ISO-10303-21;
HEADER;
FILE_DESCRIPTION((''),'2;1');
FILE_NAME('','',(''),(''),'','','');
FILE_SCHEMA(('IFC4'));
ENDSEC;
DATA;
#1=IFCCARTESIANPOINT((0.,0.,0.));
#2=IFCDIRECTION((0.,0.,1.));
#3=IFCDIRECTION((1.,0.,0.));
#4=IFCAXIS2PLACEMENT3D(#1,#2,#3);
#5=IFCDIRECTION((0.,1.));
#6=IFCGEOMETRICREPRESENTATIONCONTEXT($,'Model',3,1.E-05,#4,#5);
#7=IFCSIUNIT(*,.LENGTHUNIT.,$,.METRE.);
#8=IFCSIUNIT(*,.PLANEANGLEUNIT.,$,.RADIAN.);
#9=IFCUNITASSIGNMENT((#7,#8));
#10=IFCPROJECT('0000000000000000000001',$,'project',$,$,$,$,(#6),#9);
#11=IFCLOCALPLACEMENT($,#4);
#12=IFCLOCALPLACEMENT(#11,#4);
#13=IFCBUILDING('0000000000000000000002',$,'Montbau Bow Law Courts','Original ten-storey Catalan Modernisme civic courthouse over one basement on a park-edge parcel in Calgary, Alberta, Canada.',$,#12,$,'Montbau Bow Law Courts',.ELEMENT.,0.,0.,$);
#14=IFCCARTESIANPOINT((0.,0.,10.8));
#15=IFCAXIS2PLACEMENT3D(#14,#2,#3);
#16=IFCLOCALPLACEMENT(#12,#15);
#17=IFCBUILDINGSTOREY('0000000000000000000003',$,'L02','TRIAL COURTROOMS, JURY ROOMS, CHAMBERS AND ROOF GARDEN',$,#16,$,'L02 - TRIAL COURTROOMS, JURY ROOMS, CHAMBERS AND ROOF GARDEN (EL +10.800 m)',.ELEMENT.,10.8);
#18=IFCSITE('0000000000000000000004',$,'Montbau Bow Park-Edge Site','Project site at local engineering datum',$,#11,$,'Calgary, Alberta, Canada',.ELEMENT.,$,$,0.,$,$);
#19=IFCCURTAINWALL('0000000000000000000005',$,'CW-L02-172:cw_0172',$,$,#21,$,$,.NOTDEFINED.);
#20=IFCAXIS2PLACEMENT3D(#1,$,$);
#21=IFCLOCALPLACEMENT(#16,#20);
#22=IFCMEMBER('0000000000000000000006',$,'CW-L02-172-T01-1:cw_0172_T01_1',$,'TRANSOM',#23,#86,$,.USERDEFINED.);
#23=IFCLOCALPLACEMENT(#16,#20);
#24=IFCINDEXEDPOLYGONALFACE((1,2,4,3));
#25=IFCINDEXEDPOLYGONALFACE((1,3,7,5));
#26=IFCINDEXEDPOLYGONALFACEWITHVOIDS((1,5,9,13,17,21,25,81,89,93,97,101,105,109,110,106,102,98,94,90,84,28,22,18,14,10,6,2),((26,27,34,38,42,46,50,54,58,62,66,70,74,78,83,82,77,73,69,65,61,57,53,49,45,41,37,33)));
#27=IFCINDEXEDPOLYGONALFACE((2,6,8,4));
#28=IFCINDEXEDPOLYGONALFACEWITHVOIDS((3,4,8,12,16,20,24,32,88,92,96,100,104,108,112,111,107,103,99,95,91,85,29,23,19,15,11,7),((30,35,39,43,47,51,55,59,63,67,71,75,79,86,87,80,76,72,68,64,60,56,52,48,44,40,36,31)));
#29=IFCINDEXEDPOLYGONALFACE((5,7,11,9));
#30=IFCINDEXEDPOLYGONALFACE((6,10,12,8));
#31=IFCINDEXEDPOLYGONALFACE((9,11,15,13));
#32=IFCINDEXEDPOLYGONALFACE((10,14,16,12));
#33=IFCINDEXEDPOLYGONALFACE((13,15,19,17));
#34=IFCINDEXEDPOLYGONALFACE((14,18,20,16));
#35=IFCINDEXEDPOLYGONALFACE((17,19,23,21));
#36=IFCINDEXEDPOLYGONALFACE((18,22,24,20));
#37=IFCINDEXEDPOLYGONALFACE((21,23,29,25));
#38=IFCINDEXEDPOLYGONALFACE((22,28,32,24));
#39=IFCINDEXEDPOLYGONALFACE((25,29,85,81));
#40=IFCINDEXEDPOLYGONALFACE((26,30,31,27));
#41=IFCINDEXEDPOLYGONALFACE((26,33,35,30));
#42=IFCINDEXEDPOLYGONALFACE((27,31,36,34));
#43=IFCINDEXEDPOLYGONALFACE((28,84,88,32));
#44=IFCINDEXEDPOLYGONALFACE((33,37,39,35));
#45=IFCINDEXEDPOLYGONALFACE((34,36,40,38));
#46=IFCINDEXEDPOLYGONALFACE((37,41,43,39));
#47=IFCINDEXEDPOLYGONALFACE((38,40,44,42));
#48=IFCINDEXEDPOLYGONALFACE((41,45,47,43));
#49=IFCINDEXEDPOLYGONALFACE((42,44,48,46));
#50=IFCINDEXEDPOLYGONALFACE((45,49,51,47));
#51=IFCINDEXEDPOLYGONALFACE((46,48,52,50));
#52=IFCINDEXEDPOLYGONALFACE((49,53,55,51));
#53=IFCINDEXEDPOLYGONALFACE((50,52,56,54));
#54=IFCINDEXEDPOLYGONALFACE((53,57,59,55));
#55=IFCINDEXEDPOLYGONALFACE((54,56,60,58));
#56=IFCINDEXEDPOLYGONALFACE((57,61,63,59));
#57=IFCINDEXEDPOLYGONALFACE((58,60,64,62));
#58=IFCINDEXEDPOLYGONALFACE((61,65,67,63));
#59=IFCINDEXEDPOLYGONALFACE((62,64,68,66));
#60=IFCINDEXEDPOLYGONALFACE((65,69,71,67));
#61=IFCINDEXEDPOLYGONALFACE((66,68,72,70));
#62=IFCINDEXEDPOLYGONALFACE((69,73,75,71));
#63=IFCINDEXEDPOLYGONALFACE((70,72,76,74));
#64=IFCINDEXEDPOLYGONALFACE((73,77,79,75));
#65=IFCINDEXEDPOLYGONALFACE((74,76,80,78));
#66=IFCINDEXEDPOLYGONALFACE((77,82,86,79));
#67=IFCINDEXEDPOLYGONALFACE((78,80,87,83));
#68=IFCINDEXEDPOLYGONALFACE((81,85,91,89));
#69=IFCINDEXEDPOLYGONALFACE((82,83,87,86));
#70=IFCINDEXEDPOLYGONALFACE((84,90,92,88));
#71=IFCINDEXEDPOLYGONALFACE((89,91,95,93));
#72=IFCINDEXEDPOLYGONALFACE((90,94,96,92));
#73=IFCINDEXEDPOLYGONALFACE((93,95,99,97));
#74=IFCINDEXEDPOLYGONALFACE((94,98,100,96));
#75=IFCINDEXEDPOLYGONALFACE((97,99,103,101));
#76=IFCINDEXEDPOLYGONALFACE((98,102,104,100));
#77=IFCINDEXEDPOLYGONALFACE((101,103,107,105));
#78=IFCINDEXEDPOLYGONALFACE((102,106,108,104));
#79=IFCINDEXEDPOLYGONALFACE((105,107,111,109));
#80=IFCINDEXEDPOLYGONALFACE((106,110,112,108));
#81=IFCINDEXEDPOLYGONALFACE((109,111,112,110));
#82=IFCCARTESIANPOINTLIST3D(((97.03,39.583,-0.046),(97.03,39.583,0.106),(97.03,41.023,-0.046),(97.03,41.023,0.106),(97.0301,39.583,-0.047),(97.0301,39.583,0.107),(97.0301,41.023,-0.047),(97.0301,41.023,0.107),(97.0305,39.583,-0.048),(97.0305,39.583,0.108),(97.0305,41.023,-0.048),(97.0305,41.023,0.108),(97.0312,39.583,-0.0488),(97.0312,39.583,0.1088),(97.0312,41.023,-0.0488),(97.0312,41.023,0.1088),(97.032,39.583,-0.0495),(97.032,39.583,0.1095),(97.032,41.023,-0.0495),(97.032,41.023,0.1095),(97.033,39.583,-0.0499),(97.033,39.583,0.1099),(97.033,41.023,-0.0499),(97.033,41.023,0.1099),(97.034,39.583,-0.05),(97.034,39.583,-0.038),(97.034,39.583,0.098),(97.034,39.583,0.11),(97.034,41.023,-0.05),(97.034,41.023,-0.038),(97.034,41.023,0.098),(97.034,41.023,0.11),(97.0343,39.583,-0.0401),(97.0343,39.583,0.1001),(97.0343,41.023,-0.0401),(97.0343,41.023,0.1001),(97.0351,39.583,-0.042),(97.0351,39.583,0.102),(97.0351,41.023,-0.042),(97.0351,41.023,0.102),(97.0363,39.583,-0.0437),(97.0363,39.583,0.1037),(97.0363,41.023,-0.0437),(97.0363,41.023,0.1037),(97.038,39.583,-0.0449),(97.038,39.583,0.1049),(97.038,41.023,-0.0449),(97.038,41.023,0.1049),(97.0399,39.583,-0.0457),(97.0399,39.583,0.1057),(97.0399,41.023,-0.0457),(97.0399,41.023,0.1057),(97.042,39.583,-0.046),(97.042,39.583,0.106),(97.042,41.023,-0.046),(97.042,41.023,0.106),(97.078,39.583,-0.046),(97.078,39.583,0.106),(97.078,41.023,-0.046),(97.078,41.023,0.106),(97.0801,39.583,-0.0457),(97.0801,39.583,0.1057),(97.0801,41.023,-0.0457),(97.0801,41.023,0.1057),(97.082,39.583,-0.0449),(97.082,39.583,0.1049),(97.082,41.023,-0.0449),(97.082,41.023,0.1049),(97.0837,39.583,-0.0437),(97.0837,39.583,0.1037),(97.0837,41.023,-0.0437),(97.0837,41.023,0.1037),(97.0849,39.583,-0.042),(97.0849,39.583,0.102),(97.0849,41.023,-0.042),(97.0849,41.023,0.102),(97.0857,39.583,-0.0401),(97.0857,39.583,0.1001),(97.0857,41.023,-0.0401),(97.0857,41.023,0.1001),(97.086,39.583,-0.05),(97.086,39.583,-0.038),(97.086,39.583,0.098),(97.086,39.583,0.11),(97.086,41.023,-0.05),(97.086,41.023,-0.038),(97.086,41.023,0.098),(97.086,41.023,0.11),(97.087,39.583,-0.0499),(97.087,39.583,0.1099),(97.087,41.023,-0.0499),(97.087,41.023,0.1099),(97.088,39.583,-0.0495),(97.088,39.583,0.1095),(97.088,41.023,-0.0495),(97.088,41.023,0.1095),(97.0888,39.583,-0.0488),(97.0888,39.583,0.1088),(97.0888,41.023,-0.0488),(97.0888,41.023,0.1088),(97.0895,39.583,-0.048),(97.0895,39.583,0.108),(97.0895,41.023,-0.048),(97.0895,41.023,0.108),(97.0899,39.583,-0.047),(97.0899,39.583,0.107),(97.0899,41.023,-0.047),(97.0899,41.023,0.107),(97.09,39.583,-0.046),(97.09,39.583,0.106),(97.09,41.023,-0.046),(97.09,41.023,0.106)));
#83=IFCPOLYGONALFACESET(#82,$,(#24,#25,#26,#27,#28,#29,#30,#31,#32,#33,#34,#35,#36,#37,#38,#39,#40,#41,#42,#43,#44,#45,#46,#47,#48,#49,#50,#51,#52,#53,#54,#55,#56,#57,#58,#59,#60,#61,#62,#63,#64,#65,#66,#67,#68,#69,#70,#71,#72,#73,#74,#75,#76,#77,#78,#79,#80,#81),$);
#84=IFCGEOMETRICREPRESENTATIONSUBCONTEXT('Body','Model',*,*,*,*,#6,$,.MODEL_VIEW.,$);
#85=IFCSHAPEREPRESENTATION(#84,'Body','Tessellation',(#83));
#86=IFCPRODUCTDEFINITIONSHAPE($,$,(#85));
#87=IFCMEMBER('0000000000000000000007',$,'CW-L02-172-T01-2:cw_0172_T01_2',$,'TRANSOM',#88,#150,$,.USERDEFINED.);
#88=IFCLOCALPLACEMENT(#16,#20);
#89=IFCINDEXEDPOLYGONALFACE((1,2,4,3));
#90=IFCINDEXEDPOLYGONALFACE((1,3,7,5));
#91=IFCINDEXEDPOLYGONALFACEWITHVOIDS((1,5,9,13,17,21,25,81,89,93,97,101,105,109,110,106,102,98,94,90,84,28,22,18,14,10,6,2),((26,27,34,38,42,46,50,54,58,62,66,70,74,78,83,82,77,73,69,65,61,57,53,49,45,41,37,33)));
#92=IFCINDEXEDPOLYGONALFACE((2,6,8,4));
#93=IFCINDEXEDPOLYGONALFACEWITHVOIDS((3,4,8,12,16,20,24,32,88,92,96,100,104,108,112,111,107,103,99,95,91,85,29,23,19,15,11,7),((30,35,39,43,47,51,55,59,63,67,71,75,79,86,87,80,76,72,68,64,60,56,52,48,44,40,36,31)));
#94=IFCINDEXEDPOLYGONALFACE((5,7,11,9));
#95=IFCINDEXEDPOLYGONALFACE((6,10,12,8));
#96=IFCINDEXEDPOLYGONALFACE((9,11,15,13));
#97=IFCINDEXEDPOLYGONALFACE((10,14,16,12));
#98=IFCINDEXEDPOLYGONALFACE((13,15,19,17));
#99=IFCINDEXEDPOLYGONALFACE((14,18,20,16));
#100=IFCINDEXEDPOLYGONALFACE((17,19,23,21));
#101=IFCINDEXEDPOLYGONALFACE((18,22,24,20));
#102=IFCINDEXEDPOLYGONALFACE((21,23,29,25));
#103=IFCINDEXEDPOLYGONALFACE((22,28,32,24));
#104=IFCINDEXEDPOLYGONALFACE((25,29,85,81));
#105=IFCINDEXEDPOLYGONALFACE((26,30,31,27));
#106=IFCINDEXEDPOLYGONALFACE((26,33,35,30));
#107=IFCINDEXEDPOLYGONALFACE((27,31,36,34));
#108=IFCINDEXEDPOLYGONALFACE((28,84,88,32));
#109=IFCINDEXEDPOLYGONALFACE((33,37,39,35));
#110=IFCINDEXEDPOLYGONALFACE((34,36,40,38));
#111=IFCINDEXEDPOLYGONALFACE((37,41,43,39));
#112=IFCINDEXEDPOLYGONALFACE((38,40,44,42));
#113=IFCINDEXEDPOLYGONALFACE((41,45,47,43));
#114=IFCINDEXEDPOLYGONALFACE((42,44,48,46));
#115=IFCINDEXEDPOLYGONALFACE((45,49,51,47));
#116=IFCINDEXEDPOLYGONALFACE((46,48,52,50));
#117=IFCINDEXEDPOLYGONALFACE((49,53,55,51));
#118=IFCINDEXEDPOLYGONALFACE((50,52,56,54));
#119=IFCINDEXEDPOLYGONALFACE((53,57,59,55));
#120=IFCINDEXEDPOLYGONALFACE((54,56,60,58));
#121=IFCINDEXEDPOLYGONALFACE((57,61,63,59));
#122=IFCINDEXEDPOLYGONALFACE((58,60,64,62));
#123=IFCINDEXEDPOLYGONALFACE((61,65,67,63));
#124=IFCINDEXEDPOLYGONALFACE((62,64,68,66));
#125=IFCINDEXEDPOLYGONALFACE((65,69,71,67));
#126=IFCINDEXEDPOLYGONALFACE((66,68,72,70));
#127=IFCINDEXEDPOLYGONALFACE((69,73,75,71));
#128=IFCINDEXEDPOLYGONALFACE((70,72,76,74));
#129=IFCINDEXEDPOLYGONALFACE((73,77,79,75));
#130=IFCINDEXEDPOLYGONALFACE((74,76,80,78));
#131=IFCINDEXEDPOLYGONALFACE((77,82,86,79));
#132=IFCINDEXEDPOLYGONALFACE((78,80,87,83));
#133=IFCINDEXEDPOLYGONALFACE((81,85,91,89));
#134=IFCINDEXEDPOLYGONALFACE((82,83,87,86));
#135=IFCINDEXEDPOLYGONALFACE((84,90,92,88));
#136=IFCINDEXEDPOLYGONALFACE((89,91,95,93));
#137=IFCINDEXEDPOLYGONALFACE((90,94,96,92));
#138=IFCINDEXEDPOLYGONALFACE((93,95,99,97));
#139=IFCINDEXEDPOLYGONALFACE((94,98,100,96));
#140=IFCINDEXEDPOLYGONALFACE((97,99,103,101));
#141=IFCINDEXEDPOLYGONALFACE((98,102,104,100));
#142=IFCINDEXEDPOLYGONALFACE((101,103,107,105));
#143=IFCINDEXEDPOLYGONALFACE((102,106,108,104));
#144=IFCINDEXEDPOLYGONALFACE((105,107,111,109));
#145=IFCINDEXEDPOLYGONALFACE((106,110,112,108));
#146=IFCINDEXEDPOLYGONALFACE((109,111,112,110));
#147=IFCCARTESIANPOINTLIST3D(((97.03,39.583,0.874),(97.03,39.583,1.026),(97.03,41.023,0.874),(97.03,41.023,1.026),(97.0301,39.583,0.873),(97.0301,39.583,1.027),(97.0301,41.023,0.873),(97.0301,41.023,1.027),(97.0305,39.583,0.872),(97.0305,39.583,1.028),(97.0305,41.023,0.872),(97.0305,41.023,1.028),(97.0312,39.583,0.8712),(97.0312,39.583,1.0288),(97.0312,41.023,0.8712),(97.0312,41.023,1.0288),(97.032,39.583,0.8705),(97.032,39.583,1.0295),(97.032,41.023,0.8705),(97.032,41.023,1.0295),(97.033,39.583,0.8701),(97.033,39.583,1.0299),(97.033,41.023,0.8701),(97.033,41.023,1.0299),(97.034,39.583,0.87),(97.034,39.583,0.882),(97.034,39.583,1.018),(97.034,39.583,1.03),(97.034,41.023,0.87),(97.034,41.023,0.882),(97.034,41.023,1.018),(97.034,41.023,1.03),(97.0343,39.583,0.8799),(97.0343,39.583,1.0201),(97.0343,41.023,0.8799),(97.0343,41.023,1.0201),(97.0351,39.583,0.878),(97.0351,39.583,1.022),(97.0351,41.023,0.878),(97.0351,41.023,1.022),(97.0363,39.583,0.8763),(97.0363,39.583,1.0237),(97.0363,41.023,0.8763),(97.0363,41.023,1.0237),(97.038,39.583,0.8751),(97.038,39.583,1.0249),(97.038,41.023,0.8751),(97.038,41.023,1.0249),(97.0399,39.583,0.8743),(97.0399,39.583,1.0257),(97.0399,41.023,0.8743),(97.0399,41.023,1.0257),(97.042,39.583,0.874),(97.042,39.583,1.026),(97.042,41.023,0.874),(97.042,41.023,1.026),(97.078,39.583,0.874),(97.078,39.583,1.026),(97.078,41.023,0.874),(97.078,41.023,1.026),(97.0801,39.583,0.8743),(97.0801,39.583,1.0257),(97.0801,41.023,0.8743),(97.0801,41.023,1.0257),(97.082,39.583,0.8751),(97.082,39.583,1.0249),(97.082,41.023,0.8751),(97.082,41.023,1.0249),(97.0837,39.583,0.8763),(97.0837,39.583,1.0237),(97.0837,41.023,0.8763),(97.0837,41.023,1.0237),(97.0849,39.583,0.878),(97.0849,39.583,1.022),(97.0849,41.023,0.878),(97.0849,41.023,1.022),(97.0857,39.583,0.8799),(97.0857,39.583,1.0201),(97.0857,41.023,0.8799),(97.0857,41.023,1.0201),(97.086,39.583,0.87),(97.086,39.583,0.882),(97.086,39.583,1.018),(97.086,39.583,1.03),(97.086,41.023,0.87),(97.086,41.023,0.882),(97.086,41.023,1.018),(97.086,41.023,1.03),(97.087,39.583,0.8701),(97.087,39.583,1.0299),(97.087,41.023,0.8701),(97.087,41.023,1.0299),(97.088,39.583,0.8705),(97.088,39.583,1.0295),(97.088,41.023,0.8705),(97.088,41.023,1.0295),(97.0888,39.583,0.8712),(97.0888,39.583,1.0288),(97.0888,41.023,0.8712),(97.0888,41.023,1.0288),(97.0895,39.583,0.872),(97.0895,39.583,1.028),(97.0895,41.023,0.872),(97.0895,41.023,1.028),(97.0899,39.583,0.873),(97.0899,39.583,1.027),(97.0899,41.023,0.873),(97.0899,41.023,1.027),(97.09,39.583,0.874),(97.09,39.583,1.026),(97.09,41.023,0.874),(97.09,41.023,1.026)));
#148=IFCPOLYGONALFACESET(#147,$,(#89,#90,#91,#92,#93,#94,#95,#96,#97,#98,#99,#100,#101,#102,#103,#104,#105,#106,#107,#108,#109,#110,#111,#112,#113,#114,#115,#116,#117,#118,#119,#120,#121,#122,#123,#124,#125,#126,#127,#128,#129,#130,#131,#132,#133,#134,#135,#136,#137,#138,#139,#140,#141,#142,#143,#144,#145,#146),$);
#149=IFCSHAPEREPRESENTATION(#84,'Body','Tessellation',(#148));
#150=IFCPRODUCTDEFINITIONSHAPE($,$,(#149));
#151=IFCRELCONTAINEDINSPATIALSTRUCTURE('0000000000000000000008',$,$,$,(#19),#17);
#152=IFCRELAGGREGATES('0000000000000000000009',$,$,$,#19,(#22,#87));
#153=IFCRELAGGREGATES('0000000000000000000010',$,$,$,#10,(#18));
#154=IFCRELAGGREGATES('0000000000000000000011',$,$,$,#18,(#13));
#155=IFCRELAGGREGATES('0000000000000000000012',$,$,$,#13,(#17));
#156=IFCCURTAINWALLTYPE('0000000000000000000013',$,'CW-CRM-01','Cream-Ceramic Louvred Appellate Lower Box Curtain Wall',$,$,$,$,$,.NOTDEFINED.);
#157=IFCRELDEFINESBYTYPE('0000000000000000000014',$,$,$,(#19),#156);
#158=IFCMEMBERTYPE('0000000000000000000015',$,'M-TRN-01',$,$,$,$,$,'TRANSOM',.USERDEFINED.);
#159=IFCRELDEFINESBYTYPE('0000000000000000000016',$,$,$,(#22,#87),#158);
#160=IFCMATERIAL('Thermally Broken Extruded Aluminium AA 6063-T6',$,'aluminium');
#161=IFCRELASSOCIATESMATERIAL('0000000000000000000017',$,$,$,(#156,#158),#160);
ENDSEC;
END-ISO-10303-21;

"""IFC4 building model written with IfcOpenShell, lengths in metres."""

from ifc_helpers import new_model, si_unit, direction, frame, origin_with_axes, origin_2d_with_axis, place, context, subcontext, project, spatial, hollow_rectangle, extrude, material, material_profile, profile_set, type_object, element, aggregate, save


model = new_model("IFC4")

# Units and contexts
model_context = context("Model", 3, precision=1e-05, world=origin_with_axes(), true_north=direction((0.0, 1.0)))
body_context = subcontext(model_context, "Body", "Model", "MODEL_VIEW")
ifc_project = project(units=[si_unit("LENGTHUNIT", "METRE"), si_unit("PLANEANGLEUNIT", "RADIAN")], contexts=[model_context])

# Site, building, storey
site_placement = place(None, origin_with_axes())
site = spatial("IfcSite", under=ifc_project, at=site_placement, Name="Montbau Bow Park-Edge Site", Description="Project site at local engineering datum", LongName="Calgary, Alberta, Canada", CompositionType="ELEMENT", RefElevation=0.0)
building_placement = place(site_placement, origin_with_axes())
building = spatial("IfcBuilding", under=site, at=building_placement, Name="Montbau Bow Law Courts", Description="Original ten-storey Catalan Modernisme civic courthouse over one basement on a park-edge parcel in Calgary, Alberta, Canada.", LongName="Montbau Bow Law Courts", CompositionType="ELEMENT", ElevationOfRefHeight=0.0, ElevationOfTerrain=0.0)
storey_placement = place(building_placement, frame((0.0, 0.0, 10.8), z_axis=(0.0, 0.0, 1.0), x_axis=(1.0, 0.0, 0.0)))
storey = spatial("IfcBuildingStorey", under=building, at=storey_placement, Name="L02", Description="TRIAL COURTROOMS, JURY ROOMS, CHAMBERS AND ROOF GARDEN", LongName="L02 - TRIAL COURTROOMS, JURY ROOMS, CHAMBERS AND ROOF GARDEN (EL +10.800 m)", CompositionType="ELEMENT", Elevation=10.8)

# Curtain wall
ifc_material_1 = material(Name="Thermally Broken Extruded Aluminium AA 6063-T6", Category="aluminium")
curtain_wall_type = type_object("IfcCurtainWallType", Name="CW-CRM-01", Description="Cream-Ceramic Louvred Appellate Lower Box Curtain Wall", PredefinedType="NOTDEFINED", material=ifc_material_1)
curtain_wall_1_placement = place(None, frame((97.06, 39.515, 10.8), z_axis=(0.0, 0.0, 1.0), x_axis=(1.0, 0.0, 0.0)))
curtain_wall_1 = element("IfcCurtainWall", 1, at=curtain_wall_1_placement, inside=storey, type_object=curtain_wall_type, Name="CW-L02-172:cw_0172", PredefinedType="NOTDEFINED")

# Members
ifc_material_profile_1 = material_profile(ifc_material_1, hollow_rectangle(XDim=0.06, YDim=0.16, WallThickness=0.004, InnerFilletRadius=0.008, OuterFilletRadius=0.004, at=origin_2d_with_axis()), Name="CWT-160X60", Category="Main", Priority=0)
ifc_profile_set_1 = profile_set([ifc_material_profile_1], Name="Thermally Broken Extruded Aluminium AA 6063-T6")
member_type_1 = type_object("IfcMemberType", Name="M-TRN-01", ElementType="TRANSOM", PredefinedType="USERDEFINED", material=ifc_profile_set_1)
member_1_placement = place(None, frame((97.06, 39.583, 10.83), z_axis=(0.0, 1.0, 0.0), x_axis=(-1.0, 0.0, 0.0)))
member_1 = element("IfcMember", 2, at=member_1_placement, type_object=member_type_1, Name="CW-L02-172-T01-1:cw_0172_T01_1", ObjectType="TRANSOM", PredefinedType="USERDEFINED", context=body_context, shape_type="SweptSolid", body=[
    extrude(hollow_rectangle(XDim=0.06, YDim=0.16, WallThickness=0.004, InnerFilletRadius=0.008, OuterFilletRadius=0.004, at=origin_2d_with_axis()), origin_with_axes(), (0.0, 0.0, 1.0), 1.44),
])
member_2_placement = place(None, frame((97.06, 39.583, 11.75), z_axis=(0.0, 1.0, 0.0), x_axis=(-1.0, 0.0, 0.0)))
member_2 = element("IfcMember", 3, at=member_2_placement, type_object=member_type_1, Name="CW-L02-172-T01-2:cw_0172_T01_2", ObjectType="TRANSOM", PredefinedType="USERDEFINED", context=body_context, shape_type="SweptSolid", body=[
    extrude(hollow_rectangle(XDim=0.06, YDim=0.16, WallThickness=0.004, InnerFilletRadius=0.008, OuterFilletRadius=0.004, at=origin_2d_with_axis()), origin_with_axes(), (0.0, 0.0, 1.0), 1.44),
])

aggregate(curtain_wall_1, [member_1, member_2])

save(model, "model.ifc")
